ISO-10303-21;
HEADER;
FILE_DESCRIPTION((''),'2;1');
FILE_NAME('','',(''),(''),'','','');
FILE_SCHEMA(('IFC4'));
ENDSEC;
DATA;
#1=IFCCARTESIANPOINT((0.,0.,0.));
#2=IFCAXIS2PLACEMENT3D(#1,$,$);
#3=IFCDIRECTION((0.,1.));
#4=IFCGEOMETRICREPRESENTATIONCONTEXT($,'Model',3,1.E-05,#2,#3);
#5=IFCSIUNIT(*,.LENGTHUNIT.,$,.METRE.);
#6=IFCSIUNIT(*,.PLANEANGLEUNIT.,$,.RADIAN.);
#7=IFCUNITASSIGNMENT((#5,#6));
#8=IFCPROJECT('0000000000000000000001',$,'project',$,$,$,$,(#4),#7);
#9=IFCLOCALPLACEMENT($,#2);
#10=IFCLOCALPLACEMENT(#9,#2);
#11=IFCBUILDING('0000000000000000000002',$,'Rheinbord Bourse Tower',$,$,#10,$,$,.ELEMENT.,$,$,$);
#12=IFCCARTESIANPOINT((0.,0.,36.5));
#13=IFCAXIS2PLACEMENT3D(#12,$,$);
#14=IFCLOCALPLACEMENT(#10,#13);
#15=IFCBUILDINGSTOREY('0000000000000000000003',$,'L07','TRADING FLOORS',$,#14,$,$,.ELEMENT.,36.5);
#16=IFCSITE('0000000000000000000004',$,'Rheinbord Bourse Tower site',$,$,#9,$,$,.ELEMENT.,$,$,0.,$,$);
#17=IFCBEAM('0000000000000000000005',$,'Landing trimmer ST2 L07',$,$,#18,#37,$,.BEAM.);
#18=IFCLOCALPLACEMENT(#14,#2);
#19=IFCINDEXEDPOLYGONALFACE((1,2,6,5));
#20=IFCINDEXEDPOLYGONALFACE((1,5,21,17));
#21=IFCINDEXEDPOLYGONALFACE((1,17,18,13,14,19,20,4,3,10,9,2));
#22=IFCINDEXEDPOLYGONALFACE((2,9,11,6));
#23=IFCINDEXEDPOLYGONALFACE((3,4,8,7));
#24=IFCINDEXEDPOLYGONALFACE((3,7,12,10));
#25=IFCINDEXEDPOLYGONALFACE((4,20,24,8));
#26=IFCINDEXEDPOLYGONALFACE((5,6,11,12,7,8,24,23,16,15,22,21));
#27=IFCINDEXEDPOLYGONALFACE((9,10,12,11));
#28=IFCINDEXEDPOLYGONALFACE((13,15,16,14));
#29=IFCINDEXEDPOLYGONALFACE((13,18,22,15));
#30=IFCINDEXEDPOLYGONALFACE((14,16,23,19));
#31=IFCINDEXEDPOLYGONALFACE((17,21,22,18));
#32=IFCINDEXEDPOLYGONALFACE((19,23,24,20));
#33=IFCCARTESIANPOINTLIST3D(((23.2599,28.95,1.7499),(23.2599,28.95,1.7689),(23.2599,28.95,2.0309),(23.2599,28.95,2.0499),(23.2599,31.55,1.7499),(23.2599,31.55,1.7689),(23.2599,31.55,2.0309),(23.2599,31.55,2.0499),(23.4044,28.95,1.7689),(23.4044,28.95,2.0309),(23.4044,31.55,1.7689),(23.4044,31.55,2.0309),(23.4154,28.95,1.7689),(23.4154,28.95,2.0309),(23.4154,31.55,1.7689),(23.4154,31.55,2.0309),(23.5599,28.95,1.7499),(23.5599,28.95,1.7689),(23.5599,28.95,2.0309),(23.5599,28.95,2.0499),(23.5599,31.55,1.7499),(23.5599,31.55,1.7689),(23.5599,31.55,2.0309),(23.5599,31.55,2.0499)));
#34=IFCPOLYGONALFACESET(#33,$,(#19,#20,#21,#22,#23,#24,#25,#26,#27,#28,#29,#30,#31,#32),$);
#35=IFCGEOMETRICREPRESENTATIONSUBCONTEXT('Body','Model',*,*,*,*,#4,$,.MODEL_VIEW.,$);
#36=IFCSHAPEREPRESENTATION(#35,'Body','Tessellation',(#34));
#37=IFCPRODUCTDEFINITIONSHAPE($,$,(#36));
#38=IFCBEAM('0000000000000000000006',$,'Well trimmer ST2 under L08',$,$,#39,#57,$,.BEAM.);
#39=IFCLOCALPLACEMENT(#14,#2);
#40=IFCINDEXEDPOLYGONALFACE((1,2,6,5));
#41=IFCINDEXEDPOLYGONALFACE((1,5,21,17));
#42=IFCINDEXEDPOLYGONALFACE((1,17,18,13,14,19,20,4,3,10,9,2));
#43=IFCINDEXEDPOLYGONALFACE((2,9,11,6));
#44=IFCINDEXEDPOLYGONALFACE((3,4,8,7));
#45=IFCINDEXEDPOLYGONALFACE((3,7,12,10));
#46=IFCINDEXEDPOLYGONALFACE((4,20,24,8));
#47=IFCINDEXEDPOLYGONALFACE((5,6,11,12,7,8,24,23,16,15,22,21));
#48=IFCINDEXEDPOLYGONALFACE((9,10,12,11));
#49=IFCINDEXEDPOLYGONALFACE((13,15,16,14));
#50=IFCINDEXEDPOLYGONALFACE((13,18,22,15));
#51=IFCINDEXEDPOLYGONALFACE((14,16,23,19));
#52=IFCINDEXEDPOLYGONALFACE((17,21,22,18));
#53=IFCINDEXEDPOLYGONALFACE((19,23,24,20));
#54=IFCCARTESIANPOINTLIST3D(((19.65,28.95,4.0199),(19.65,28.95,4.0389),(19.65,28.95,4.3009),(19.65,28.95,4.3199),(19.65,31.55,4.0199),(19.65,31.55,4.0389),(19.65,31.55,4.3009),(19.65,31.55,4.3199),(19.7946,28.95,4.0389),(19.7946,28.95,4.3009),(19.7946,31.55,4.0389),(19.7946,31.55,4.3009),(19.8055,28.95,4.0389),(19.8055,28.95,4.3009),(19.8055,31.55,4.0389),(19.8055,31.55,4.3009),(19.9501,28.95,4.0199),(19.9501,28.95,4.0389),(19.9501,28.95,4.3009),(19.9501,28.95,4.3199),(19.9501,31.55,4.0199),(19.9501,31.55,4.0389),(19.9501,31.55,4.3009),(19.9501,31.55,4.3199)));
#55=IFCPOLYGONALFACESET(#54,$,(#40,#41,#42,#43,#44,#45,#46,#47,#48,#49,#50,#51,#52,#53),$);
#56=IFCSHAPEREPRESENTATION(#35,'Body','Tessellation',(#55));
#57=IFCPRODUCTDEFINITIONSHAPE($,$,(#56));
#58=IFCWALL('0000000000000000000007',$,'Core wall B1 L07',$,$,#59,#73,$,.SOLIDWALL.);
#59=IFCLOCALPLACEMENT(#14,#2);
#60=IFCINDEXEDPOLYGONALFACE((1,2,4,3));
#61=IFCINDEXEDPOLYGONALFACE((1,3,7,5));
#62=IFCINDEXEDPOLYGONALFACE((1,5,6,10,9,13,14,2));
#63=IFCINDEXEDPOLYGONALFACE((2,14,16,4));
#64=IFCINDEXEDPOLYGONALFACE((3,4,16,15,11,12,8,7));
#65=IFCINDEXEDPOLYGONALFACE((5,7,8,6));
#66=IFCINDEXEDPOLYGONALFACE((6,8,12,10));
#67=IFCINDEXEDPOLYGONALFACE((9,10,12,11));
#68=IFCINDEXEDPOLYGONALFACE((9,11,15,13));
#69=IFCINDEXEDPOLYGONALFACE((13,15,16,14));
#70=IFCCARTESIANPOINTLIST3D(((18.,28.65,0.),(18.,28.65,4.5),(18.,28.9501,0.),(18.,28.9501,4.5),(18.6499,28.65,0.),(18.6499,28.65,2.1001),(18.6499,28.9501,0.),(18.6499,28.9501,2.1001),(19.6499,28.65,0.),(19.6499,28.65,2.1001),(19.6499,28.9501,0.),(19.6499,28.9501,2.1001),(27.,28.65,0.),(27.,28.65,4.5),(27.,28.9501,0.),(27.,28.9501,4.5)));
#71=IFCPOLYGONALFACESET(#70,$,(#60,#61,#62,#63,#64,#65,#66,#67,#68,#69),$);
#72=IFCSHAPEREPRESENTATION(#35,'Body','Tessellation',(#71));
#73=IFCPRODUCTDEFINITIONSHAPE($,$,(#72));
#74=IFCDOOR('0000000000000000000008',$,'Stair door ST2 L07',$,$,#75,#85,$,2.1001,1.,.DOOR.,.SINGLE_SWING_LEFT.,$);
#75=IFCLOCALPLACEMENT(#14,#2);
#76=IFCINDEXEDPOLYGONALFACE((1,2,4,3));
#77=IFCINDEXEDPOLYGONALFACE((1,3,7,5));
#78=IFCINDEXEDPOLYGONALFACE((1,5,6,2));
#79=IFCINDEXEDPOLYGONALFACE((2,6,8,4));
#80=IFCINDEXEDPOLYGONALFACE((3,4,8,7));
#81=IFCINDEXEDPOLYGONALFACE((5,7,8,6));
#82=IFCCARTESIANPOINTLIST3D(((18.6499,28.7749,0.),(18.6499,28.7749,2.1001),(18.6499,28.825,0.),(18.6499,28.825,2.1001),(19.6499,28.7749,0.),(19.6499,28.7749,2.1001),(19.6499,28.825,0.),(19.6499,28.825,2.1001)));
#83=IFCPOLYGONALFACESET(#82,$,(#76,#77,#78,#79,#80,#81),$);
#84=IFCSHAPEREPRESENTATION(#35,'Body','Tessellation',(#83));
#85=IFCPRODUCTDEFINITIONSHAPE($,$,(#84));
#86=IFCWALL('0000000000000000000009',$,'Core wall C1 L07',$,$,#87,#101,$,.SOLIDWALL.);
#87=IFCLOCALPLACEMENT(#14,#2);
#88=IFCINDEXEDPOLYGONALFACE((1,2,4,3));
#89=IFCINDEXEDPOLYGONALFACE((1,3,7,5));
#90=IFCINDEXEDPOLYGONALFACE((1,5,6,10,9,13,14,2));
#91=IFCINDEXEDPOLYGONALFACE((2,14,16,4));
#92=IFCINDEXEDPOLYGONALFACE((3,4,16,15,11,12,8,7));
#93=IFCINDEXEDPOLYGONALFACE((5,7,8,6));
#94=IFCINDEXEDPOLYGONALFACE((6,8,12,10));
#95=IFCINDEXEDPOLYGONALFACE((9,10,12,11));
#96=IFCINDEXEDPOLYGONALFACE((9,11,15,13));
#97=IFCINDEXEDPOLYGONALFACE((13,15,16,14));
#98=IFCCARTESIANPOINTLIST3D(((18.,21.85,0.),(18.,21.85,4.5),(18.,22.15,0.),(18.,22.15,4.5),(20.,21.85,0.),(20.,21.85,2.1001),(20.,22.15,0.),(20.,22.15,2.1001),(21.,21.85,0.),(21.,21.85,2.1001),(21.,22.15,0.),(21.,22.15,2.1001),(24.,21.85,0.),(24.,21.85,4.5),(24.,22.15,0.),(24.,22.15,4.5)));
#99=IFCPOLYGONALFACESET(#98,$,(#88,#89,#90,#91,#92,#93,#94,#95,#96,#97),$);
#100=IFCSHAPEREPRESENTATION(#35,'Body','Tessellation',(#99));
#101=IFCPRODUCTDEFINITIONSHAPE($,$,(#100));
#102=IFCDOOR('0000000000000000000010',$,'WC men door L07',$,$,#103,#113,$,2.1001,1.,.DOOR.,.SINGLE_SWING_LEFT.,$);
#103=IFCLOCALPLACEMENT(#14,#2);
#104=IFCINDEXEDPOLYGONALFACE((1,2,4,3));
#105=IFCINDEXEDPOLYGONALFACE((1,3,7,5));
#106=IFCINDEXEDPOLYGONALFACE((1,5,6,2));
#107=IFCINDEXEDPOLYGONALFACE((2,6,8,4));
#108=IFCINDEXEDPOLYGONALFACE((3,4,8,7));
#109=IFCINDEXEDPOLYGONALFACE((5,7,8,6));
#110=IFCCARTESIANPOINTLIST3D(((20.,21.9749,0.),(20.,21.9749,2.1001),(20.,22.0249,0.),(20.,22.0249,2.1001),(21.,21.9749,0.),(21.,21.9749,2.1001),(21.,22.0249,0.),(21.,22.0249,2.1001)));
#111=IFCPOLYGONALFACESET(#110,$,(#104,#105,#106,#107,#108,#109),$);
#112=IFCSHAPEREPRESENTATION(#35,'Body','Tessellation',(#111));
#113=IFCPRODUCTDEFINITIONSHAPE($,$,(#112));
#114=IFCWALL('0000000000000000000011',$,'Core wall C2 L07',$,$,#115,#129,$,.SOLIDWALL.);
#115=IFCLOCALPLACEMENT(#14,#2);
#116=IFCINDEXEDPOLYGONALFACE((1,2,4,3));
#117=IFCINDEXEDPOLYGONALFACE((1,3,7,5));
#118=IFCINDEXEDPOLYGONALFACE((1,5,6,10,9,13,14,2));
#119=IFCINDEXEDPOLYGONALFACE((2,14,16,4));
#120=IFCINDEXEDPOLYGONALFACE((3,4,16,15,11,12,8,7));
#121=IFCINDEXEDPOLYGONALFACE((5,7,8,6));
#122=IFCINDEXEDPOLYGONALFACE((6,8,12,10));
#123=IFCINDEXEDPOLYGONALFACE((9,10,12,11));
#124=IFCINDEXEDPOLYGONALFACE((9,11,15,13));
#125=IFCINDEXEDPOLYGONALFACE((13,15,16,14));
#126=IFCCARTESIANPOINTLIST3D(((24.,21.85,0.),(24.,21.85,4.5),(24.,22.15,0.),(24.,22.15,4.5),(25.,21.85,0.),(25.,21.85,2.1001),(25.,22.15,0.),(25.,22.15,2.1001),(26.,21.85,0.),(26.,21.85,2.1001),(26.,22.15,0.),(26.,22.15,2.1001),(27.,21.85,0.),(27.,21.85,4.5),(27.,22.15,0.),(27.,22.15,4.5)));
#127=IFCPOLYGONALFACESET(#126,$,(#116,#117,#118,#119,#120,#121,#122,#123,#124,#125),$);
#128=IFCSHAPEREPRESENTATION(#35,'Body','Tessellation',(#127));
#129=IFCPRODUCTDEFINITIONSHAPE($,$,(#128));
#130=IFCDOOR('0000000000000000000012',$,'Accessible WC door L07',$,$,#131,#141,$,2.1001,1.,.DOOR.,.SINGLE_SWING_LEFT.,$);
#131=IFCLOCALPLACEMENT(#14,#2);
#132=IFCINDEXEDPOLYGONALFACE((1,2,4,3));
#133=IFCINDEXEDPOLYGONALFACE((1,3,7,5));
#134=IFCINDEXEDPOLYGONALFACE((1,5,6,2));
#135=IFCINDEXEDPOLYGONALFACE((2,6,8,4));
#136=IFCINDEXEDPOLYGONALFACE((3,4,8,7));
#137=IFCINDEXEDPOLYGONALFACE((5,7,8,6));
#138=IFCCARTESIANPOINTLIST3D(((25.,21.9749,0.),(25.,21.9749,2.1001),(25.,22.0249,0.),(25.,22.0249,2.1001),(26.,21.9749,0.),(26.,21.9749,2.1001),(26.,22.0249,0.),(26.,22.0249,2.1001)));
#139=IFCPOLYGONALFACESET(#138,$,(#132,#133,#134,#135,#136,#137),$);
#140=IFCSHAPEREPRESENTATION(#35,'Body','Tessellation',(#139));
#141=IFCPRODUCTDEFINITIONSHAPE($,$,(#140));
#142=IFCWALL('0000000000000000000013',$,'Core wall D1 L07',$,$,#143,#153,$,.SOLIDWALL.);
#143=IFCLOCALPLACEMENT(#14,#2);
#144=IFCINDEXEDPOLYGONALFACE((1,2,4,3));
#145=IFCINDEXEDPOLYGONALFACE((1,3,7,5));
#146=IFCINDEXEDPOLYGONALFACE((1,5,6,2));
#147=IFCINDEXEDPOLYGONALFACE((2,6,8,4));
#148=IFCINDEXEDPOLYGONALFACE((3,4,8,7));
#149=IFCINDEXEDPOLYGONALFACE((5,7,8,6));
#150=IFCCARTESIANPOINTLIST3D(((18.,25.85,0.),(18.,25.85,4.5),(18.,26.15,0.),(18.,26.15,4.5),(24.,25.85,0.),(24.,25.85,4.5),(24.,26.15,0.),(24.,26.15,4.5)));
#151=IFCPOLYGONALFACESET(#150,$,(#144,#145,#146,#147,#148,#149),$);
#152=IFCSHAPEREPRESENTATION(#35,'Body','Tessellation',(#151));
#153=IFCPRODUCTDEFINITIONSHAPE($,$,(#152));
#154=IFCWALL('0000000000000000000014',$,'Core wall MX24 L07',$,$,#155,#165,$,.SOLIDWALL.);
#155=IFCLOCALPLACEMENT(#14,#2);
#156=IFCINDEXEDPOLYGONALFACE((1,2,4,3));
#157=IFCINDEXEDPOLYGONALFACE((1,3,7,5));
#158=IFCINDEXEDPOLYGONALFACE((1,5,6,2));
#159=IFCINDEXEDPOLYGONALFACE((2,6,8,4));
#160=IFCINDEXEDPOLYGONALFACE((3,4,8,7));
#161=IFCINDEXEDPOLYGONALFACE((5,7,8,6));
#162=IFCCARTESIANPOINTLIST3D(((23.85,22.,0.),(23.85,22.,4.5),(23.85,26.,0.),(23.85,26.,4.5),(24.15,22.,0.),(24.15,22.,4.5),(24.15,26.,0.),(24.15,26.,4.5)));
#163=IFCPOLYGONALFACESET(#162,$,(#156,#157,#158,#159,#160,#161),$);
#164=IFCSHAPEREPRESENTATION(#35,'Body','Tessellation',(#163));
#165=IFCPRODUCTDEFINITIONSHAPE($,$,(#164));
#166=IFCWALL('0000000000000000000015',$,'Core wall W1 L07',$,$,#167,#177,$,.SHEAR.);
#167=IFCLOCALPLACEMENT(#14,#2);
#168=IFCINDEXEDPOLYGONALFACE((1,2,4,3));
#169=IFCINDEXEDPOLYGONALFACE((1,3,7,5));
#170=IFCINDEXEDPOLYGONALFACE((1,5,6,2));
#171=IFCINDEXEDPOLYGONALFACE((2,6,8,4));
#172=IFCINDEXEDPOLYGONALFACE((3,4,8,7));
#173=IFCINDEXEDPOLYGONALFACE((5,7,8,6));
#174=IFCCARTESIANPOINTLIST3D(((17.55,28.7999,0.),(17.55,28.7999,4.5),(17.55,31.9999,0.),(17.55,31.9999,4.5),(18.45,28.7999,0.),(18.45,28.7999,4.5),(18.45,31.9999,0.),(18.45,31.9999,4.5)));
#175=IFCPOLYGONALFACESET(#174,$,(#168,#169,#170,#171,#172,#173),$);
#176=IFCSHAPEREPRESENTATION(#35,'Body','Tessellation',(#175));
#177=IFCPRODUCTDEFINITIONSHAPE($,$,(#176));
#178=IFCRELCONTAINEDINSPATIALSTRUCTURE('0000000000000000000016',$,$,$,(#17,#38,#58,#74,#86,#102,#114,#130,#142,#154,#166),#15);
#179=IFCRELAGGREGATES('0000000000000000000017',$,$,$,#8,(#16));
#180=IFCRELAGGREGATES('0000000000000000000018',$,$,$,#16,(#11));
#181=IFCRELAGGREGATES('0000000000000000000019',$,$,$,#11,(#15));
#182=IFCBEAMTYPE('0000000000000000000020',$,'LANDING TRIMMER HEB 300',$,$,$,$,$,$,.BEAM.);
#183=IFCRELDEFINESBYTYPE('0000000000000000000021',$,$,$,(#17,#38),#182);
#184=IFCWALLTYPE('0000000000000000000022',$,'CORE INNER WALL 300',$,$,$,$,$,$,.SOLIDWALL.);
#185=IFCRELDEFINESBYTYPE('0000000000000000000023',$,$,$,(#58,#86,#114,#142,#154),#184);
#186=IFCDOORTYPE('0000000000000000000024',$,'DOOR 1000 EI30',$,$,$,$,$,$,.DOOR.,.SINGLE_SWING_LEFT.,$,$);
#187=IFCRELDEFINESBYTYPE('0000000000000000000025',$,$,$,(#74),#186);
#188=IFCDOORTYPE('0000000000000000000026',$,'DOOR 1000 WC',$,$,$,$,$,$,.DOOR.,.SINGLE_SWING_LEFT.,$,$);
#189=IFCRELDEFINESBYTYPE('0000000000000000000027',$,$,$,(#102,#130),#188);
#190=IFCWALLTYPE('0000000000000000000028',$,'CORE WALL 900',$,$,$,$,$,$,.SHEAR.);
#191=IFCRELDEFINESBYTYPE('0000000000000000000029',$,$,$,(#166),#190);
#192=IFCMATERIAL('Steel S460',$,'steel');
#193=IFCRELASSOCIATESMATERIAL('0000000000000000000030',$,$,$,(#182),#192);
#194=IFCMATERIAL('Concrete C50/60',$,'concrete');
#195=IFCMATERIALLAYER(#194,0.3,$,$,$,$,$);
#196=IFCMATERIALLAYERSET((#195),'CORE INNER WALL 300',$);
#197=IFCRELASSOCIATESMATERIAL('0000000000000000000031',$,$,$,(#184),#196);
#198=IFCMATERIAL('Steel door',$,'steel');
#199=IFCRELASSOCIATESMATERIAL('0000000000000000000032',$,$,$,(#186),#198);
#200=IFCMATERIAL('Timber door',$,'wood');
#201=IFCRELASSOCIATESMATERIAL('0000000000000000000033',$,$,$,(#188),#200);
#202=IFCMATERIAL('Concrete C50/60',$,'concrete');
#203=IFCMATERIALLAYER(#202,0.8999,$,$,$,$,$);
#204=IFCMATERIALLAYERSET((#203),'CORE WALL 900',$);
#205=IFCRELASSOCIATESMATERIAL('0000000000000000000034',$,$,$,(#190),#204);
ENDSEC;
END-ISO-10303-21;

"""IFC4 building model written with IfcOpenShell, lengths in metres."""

from ifc_helpers import new_model, si_unit, direction, frame, frame_2d, origin, origin_2d, place, context, subcontext, project, spatial, rectangle, i_section, extrude, material, layer, layer_set, material_profile, profile_set, type_object, element, fill, save


model = new_model("IFC4")

# Units and contexts
model_context = context("Model", 3, precision=1e-05, world=origin(), true_north=direction((0.0, 1.0)))
body_context = subcontext(model_context, "Body", "Model", "MODEL_VIEW")
ifc_project = project(units=[si_unit("LENGTHUNIT", "METRE"), si_unit("PLANEANGLEUNIT", "RADIAN")], contexts=[model_context])

# Site, building, storey
site_placement = place(None, origin())
site = spatial("IfcSite", under=ifc_project, at=site_placement, Name="Rheinbord Bourse Tower site", CompositionType="ELEMENT", RefElevation=0.0)
building_placement = place(site_placement, origin())
building = spatial("IfcBuilding", under=site, at=building_placement, Name="Rheinbord Bourse Tower", CompositionType="ELEMENT")
storey_placement = place(building_placement, frame((0.0, 0.0, 36.5)))
storey = spatial("IfcBuildingStorey", under=building, at=storey_placement, Name="L07", Description="TRADING FLOORS", CompositionType="ELEMENT", Elevation=36.5)

# Beams
ifc_material_1 = material(Name="Steel S460", Category="steel")
ifc_material_profile = material_profile(ifc_material_1, i_section(OverallWidth=0.3, OverallDepth=0.3, WebThickness=0.011, FlangeThickness=0.019, at=origin_2d()), Name="HEB 300")
ifc_profile_set = profile_set([ifc_material_profile], Name="Steel S460")
beam_type = type_object("IfcBeamType", Name="LANDING TRIMMER HEB 300", PredefinedType="BEAM", material=ifc_profile_set)
for number, where, z_axis, x_axis, name in (
    (1, (23.4099, 28.95, 1.8999), (0.0, 1.0, 0.0), (-1.0, 0.0, 0.0), "Landing trimmer ST2 L07"),
    (2, (19.8, 28.95, 4.1699), (0.0, 1.0, 0.0), (-1.0, 0.0, 0.0), "Well trimmer ST2 under L08"),
):
    element("IfcBeam", number, at=place(storey_placement, frame(where, z_axis=z_axis, x_axis=x_axis)), inside=storey, type_object=beam_type, Name=name, PredefinedType="BEAM", context=body_context, shape_type="SweptSolid", body=[
        extrude(i_section(OverallWidth=0.3, OverallDepth=0.3, WebThickness=0.011, FlangeThickness=0.019, at=origin_2d()), origin(), (0.0, 0.0, 1.0), 2.6001),
    ])

# Walls, openings, doors
ifc_material_2 = material(Name="Concrete C50/60", Category="concrete")
ifc_layer_1 = layer(ifc_material_2, 0.3)
ifc_layer_set_1 = layer_set([ifc_layer_1], Name="CORE INNER WALL 300")
wall_type_1 = type_object("IfcWallType", Name="CORE INNER WALL 300", PredefinedType="SOLIDWALL", material=ifc_layer_set_1)
wall_1_placement = place(storey_placement, frame((18.0, 28.8, 0.0), z_axis=(0.0, 0.0, 1.0), x_axis=(1.0, 0.0, 0.0)))
wall_1 = element("IfcWall", 3, at=wall_1_placement, inside=storey, type_object=wall_type_1, Name="Core wall B1 L07", PredefinedType="SOLIDWALL", context=body_context, shape_type="SweptSolid", body=[
    extrude(rectangle(XDim=9.0, YDim=0.3, at=frame_2d((4.5, 0.0))), origin(), (0.0, 0.0, 1.0), 4.5),
])
opening_1_placement = place(wall_1_placement, frame((0.6499, 0.0, 0.0)))
opening_1 = element("IfcOpeningElement", 4, at=opening_1_placement, cuts=wall_1, PredefinedType="OPENING", context=body_context, shape_type="SweptSolid", body=[
    extrude(rectangle(XDim=1.0, YDim=2.1001, at=frame_2d((0.5, 1.05))), frame((0.0, 0.1599, 0.0), z_axis=(0.0, -1.0, 0.0), x_axis=(1.0, 0.0, 0.0)), (0.0, 0.0, 1.0), 0.3201),
])
ifc_material_3 = material(Name="Steel door", Category="steel")
door_type_1 = type_object("IfcDoorType", Name="DOOR 1000 EI30", OperationType="SINGLE_SWING_LEFT", PredefinedType="DOOR", material=ifc_material_3)
door_1_placement = place(opening_1_placement, origin())
door_1 = element("IfcDoor", 5, at=door_1_placement, inside=storey, type_object=door_type_1, Name="Stair door ST2 L07", OperationType="SINGLE_SWING_LEFT", OverallHeight=2.1001, OverallWidth=1.0, PredefinedType="DOOR", context=body_context, shape_type="SweptSolid", body=[
    extrude(rectangle(XDim=1.0, YDim=2.1001, at=frame_2d((0.5, 1.05))), frame((0.0, 0.0249, 0.0), z_axis=(0.0, -1.0, 0.0), x_axis=(1.0, 0.0, 0.0)), (0.0, 0.0, 1.0), 0.05),
])
fill(opening_1, door_1)
wall_2_placement = place(storey_placement, frame((18.0, 22.0, 0.0), z_axis=(0.0, 0.0, 1.0), x_axis=(1.0, 0.0, 0.0)))
wall_2 = element("IfcWall", 6, at=wall_2_placement, inside=storey, type_object=wall_type_1, Name="Core wall C1 L07", PredefinedType="SOLIDWALL", context=body_context, shape_type="SweptSolid", body=[
    extrude(rectangle(XDim=6.0, YDim=0.3, at=frame_2d((3.0, 0.0))), origin(), (0.0, 0.0, 1.0), 4.5),
])
opening_2_placement = place(wall_2_placement, frame((2.0, 0.0, 0.0)))
opening_2 = element("IfcOpeningElement", 7, at=opening_2_placement, cuts=wall_2, PredefinedType="OPENING", context=body_context, shape_type="SweptSolid", body=[
    extrude(rectangle(XDim=1.0, YDim=2.1001, at=frame_2d((0.5, 1.05))), frame((0.0, 0.1599, 0.0), z_axis=(0.0, -1.0, 0.0), x_axis=(1.0, 0.0, 0.0)), (0.0, 0.0, 1.0), 0.3201),
])
ifc_material_4 = material(Name="Timber door", Category="wood")
door_type_2 = type_object("IfcDoorType", Name="DOOR 1000 WC", OperationType="SINGLE_SWING_LEFT", PredefinedType="DOOR", material=ifc_material_4)
door_2_placement = place(opening_2_placement, origin())
door_2 = element("IfcDoor", 8, at=door_2_placement, inside=storey, type_object=door_type_2, Name="WC men door L07", OperationType="SINGLE_SWING_LEFT", OverallHeight=2.1001, OverallWidth=1.0, PredefinedType="DOOR", context=body_context, shape_type="SweptSolid", body=[
    extrude(rectangle(XDim=1.0, YDim=2.1001, at=frame_2d((0.5, 1.05))), frame((0.0, 0.0249, 0.0), z_axis=(0.0, -1.0, 0.0), x_axis=(1.0, 0.0, 0.0)), (0.0, 0.0, 1.0), 0.05),
])
fill(opening_2, door_2)
wall_3_placement = place(storey_placement, frame((24.0, 22.0, 0.0), z_axis=(0.0, 0.0, 1.0), x_axis=(1.0, 0.0, 0.0)))
wall_3 = element("IfcWall", 9, at=wall_3_placement, inside=storey, type_object=wall_type_1, Name="Core wall C2 L07", PredefinedType="SOLIDWALL", context=body_context, shape_type="SweptSolid", body=[
    extrude(rectangle(XDim=3.0, YDim=0.3, at=frame_2d((1.5, 0.0))), origin(), (0.0, 0.0, 1.0), 4.5),
])
opening_3_placement = place(wall_3_placement, frame((1.0, 0.0, 0.0)))
opening_3 = element("IfcOpeningElement", 10, at=opening_3_placement, cuts=wall_3, PredefinedType="OPENING", context=body_context, shape_type="SweptSolid", body=[
    extrude(rectangle(XDim=1.0, YDim=2.1001, at=frame_2d((0.5, 1.05))), frame((0.0, 0.1599, 0.0), z_axis=(0.0, -1.0, 0.0), x_axis=(1.0, 0.0, 0.0)), (0.0, 0.0, 1.0), 0.3201),
])
door_3_placement = place(opening_3_placement, origin())
door_3 = element("IfcDoor", 11, at=door_3_placement, inside=storey, type_object=door_type_2, Name="Accessible WC door L07", OperationType="SINGLE_SWING_LEFT", OverallHeight=2.1001, OverallWidth=1.0, PredefinedType="DOOR", context=body_context, shape_type="SweptSolid", body=[
    extrude(rectangle(XDim=1.0, YDim=2.1001, at=frame_2d((0.5, 1.05))), frame((0.0, 0.0249, 0.0), z_axis=(0.0, -1.0, 0.0), x_axis=(1.0, 0.0, 0.0)), (0.0, 0.0, 1.0), 0.05),
])
fill(opening_3, door_3)

# Walls
wall_4_placement = place(storey_placement, frame((18.0, 26.0, 0.0), z_axis=(0.0, 0.0, 1.0), x_axis=(1.0, 0.0, 0.0)))
element("IfcWall", 12, at=wall_4_placement, inside=storey, type_object=wall_type_1, Name="Core wall D1 L07", PredefinedType="SOLIDWALL", context=body_context, shape_type="SweptSolid", body=[
    extrude(rectangle(XDim=6.0, YDim=0.3, at=frame_2d((3.0, 0.0))), origin(), (0.0, 0.0, 1.0), 4.5),
])
wall_5_placement = place(storey_placement, frame((24.0, 22.0, 0.0), z_axis=(0.0, 0.0, 1.0), x_axis=(0.0, 1.0, 0.0)))
element("IfcWall", 13, at=wall_5_placement, inside=storey, type_object=wall_type_1, Name="Core wall MX24 L07", PredefinedType="SOLIDWALL", context=body_context, shape_type="SweptSolid", body=[
    extrude(rectangle(XDim=4.0, YDim=0.3, at=frame_2d((2.0, 0.0))), origin(), (0.0, 0.0, 1.0), 4.5),
])
ifc_material_5 = material(Name="Concrete C50/60", Category="concrete")
ifc_layer_2 = layer(ifc_material_5, 0.8999)
ifc_layer_set_2 = layer_set([ifc_layer_2], Name="CORE WALL 900")
wall_type_2 = type_object("IfcWallType", Name="CORE WALL 900", PredefinedType="SHEAR", material=ifc_layer_set_2)
wall_6_placement = place(storey_placement, frame((18.0, 32.0, 0.0), z_axis=(0.0, 0.0, 1.0), x_axis=(0.0, -1.0, 0.0)))
element("IfcWall", 14, at=wall_6_placement, inside=storey, type_object=wall_type_2, Name="Core wall W1 L07", PredefinedType="SHEAR", context=body_context, shape_type="SweptSolid", body=[
    extrude(rectangle(XDim=3.2, YDim=0.8999, at=frame_2d((1.6001, 0.0))), origin(), (0.0, 0.0, 1.0), 4.5),
])

save(model, "model.ifc")
